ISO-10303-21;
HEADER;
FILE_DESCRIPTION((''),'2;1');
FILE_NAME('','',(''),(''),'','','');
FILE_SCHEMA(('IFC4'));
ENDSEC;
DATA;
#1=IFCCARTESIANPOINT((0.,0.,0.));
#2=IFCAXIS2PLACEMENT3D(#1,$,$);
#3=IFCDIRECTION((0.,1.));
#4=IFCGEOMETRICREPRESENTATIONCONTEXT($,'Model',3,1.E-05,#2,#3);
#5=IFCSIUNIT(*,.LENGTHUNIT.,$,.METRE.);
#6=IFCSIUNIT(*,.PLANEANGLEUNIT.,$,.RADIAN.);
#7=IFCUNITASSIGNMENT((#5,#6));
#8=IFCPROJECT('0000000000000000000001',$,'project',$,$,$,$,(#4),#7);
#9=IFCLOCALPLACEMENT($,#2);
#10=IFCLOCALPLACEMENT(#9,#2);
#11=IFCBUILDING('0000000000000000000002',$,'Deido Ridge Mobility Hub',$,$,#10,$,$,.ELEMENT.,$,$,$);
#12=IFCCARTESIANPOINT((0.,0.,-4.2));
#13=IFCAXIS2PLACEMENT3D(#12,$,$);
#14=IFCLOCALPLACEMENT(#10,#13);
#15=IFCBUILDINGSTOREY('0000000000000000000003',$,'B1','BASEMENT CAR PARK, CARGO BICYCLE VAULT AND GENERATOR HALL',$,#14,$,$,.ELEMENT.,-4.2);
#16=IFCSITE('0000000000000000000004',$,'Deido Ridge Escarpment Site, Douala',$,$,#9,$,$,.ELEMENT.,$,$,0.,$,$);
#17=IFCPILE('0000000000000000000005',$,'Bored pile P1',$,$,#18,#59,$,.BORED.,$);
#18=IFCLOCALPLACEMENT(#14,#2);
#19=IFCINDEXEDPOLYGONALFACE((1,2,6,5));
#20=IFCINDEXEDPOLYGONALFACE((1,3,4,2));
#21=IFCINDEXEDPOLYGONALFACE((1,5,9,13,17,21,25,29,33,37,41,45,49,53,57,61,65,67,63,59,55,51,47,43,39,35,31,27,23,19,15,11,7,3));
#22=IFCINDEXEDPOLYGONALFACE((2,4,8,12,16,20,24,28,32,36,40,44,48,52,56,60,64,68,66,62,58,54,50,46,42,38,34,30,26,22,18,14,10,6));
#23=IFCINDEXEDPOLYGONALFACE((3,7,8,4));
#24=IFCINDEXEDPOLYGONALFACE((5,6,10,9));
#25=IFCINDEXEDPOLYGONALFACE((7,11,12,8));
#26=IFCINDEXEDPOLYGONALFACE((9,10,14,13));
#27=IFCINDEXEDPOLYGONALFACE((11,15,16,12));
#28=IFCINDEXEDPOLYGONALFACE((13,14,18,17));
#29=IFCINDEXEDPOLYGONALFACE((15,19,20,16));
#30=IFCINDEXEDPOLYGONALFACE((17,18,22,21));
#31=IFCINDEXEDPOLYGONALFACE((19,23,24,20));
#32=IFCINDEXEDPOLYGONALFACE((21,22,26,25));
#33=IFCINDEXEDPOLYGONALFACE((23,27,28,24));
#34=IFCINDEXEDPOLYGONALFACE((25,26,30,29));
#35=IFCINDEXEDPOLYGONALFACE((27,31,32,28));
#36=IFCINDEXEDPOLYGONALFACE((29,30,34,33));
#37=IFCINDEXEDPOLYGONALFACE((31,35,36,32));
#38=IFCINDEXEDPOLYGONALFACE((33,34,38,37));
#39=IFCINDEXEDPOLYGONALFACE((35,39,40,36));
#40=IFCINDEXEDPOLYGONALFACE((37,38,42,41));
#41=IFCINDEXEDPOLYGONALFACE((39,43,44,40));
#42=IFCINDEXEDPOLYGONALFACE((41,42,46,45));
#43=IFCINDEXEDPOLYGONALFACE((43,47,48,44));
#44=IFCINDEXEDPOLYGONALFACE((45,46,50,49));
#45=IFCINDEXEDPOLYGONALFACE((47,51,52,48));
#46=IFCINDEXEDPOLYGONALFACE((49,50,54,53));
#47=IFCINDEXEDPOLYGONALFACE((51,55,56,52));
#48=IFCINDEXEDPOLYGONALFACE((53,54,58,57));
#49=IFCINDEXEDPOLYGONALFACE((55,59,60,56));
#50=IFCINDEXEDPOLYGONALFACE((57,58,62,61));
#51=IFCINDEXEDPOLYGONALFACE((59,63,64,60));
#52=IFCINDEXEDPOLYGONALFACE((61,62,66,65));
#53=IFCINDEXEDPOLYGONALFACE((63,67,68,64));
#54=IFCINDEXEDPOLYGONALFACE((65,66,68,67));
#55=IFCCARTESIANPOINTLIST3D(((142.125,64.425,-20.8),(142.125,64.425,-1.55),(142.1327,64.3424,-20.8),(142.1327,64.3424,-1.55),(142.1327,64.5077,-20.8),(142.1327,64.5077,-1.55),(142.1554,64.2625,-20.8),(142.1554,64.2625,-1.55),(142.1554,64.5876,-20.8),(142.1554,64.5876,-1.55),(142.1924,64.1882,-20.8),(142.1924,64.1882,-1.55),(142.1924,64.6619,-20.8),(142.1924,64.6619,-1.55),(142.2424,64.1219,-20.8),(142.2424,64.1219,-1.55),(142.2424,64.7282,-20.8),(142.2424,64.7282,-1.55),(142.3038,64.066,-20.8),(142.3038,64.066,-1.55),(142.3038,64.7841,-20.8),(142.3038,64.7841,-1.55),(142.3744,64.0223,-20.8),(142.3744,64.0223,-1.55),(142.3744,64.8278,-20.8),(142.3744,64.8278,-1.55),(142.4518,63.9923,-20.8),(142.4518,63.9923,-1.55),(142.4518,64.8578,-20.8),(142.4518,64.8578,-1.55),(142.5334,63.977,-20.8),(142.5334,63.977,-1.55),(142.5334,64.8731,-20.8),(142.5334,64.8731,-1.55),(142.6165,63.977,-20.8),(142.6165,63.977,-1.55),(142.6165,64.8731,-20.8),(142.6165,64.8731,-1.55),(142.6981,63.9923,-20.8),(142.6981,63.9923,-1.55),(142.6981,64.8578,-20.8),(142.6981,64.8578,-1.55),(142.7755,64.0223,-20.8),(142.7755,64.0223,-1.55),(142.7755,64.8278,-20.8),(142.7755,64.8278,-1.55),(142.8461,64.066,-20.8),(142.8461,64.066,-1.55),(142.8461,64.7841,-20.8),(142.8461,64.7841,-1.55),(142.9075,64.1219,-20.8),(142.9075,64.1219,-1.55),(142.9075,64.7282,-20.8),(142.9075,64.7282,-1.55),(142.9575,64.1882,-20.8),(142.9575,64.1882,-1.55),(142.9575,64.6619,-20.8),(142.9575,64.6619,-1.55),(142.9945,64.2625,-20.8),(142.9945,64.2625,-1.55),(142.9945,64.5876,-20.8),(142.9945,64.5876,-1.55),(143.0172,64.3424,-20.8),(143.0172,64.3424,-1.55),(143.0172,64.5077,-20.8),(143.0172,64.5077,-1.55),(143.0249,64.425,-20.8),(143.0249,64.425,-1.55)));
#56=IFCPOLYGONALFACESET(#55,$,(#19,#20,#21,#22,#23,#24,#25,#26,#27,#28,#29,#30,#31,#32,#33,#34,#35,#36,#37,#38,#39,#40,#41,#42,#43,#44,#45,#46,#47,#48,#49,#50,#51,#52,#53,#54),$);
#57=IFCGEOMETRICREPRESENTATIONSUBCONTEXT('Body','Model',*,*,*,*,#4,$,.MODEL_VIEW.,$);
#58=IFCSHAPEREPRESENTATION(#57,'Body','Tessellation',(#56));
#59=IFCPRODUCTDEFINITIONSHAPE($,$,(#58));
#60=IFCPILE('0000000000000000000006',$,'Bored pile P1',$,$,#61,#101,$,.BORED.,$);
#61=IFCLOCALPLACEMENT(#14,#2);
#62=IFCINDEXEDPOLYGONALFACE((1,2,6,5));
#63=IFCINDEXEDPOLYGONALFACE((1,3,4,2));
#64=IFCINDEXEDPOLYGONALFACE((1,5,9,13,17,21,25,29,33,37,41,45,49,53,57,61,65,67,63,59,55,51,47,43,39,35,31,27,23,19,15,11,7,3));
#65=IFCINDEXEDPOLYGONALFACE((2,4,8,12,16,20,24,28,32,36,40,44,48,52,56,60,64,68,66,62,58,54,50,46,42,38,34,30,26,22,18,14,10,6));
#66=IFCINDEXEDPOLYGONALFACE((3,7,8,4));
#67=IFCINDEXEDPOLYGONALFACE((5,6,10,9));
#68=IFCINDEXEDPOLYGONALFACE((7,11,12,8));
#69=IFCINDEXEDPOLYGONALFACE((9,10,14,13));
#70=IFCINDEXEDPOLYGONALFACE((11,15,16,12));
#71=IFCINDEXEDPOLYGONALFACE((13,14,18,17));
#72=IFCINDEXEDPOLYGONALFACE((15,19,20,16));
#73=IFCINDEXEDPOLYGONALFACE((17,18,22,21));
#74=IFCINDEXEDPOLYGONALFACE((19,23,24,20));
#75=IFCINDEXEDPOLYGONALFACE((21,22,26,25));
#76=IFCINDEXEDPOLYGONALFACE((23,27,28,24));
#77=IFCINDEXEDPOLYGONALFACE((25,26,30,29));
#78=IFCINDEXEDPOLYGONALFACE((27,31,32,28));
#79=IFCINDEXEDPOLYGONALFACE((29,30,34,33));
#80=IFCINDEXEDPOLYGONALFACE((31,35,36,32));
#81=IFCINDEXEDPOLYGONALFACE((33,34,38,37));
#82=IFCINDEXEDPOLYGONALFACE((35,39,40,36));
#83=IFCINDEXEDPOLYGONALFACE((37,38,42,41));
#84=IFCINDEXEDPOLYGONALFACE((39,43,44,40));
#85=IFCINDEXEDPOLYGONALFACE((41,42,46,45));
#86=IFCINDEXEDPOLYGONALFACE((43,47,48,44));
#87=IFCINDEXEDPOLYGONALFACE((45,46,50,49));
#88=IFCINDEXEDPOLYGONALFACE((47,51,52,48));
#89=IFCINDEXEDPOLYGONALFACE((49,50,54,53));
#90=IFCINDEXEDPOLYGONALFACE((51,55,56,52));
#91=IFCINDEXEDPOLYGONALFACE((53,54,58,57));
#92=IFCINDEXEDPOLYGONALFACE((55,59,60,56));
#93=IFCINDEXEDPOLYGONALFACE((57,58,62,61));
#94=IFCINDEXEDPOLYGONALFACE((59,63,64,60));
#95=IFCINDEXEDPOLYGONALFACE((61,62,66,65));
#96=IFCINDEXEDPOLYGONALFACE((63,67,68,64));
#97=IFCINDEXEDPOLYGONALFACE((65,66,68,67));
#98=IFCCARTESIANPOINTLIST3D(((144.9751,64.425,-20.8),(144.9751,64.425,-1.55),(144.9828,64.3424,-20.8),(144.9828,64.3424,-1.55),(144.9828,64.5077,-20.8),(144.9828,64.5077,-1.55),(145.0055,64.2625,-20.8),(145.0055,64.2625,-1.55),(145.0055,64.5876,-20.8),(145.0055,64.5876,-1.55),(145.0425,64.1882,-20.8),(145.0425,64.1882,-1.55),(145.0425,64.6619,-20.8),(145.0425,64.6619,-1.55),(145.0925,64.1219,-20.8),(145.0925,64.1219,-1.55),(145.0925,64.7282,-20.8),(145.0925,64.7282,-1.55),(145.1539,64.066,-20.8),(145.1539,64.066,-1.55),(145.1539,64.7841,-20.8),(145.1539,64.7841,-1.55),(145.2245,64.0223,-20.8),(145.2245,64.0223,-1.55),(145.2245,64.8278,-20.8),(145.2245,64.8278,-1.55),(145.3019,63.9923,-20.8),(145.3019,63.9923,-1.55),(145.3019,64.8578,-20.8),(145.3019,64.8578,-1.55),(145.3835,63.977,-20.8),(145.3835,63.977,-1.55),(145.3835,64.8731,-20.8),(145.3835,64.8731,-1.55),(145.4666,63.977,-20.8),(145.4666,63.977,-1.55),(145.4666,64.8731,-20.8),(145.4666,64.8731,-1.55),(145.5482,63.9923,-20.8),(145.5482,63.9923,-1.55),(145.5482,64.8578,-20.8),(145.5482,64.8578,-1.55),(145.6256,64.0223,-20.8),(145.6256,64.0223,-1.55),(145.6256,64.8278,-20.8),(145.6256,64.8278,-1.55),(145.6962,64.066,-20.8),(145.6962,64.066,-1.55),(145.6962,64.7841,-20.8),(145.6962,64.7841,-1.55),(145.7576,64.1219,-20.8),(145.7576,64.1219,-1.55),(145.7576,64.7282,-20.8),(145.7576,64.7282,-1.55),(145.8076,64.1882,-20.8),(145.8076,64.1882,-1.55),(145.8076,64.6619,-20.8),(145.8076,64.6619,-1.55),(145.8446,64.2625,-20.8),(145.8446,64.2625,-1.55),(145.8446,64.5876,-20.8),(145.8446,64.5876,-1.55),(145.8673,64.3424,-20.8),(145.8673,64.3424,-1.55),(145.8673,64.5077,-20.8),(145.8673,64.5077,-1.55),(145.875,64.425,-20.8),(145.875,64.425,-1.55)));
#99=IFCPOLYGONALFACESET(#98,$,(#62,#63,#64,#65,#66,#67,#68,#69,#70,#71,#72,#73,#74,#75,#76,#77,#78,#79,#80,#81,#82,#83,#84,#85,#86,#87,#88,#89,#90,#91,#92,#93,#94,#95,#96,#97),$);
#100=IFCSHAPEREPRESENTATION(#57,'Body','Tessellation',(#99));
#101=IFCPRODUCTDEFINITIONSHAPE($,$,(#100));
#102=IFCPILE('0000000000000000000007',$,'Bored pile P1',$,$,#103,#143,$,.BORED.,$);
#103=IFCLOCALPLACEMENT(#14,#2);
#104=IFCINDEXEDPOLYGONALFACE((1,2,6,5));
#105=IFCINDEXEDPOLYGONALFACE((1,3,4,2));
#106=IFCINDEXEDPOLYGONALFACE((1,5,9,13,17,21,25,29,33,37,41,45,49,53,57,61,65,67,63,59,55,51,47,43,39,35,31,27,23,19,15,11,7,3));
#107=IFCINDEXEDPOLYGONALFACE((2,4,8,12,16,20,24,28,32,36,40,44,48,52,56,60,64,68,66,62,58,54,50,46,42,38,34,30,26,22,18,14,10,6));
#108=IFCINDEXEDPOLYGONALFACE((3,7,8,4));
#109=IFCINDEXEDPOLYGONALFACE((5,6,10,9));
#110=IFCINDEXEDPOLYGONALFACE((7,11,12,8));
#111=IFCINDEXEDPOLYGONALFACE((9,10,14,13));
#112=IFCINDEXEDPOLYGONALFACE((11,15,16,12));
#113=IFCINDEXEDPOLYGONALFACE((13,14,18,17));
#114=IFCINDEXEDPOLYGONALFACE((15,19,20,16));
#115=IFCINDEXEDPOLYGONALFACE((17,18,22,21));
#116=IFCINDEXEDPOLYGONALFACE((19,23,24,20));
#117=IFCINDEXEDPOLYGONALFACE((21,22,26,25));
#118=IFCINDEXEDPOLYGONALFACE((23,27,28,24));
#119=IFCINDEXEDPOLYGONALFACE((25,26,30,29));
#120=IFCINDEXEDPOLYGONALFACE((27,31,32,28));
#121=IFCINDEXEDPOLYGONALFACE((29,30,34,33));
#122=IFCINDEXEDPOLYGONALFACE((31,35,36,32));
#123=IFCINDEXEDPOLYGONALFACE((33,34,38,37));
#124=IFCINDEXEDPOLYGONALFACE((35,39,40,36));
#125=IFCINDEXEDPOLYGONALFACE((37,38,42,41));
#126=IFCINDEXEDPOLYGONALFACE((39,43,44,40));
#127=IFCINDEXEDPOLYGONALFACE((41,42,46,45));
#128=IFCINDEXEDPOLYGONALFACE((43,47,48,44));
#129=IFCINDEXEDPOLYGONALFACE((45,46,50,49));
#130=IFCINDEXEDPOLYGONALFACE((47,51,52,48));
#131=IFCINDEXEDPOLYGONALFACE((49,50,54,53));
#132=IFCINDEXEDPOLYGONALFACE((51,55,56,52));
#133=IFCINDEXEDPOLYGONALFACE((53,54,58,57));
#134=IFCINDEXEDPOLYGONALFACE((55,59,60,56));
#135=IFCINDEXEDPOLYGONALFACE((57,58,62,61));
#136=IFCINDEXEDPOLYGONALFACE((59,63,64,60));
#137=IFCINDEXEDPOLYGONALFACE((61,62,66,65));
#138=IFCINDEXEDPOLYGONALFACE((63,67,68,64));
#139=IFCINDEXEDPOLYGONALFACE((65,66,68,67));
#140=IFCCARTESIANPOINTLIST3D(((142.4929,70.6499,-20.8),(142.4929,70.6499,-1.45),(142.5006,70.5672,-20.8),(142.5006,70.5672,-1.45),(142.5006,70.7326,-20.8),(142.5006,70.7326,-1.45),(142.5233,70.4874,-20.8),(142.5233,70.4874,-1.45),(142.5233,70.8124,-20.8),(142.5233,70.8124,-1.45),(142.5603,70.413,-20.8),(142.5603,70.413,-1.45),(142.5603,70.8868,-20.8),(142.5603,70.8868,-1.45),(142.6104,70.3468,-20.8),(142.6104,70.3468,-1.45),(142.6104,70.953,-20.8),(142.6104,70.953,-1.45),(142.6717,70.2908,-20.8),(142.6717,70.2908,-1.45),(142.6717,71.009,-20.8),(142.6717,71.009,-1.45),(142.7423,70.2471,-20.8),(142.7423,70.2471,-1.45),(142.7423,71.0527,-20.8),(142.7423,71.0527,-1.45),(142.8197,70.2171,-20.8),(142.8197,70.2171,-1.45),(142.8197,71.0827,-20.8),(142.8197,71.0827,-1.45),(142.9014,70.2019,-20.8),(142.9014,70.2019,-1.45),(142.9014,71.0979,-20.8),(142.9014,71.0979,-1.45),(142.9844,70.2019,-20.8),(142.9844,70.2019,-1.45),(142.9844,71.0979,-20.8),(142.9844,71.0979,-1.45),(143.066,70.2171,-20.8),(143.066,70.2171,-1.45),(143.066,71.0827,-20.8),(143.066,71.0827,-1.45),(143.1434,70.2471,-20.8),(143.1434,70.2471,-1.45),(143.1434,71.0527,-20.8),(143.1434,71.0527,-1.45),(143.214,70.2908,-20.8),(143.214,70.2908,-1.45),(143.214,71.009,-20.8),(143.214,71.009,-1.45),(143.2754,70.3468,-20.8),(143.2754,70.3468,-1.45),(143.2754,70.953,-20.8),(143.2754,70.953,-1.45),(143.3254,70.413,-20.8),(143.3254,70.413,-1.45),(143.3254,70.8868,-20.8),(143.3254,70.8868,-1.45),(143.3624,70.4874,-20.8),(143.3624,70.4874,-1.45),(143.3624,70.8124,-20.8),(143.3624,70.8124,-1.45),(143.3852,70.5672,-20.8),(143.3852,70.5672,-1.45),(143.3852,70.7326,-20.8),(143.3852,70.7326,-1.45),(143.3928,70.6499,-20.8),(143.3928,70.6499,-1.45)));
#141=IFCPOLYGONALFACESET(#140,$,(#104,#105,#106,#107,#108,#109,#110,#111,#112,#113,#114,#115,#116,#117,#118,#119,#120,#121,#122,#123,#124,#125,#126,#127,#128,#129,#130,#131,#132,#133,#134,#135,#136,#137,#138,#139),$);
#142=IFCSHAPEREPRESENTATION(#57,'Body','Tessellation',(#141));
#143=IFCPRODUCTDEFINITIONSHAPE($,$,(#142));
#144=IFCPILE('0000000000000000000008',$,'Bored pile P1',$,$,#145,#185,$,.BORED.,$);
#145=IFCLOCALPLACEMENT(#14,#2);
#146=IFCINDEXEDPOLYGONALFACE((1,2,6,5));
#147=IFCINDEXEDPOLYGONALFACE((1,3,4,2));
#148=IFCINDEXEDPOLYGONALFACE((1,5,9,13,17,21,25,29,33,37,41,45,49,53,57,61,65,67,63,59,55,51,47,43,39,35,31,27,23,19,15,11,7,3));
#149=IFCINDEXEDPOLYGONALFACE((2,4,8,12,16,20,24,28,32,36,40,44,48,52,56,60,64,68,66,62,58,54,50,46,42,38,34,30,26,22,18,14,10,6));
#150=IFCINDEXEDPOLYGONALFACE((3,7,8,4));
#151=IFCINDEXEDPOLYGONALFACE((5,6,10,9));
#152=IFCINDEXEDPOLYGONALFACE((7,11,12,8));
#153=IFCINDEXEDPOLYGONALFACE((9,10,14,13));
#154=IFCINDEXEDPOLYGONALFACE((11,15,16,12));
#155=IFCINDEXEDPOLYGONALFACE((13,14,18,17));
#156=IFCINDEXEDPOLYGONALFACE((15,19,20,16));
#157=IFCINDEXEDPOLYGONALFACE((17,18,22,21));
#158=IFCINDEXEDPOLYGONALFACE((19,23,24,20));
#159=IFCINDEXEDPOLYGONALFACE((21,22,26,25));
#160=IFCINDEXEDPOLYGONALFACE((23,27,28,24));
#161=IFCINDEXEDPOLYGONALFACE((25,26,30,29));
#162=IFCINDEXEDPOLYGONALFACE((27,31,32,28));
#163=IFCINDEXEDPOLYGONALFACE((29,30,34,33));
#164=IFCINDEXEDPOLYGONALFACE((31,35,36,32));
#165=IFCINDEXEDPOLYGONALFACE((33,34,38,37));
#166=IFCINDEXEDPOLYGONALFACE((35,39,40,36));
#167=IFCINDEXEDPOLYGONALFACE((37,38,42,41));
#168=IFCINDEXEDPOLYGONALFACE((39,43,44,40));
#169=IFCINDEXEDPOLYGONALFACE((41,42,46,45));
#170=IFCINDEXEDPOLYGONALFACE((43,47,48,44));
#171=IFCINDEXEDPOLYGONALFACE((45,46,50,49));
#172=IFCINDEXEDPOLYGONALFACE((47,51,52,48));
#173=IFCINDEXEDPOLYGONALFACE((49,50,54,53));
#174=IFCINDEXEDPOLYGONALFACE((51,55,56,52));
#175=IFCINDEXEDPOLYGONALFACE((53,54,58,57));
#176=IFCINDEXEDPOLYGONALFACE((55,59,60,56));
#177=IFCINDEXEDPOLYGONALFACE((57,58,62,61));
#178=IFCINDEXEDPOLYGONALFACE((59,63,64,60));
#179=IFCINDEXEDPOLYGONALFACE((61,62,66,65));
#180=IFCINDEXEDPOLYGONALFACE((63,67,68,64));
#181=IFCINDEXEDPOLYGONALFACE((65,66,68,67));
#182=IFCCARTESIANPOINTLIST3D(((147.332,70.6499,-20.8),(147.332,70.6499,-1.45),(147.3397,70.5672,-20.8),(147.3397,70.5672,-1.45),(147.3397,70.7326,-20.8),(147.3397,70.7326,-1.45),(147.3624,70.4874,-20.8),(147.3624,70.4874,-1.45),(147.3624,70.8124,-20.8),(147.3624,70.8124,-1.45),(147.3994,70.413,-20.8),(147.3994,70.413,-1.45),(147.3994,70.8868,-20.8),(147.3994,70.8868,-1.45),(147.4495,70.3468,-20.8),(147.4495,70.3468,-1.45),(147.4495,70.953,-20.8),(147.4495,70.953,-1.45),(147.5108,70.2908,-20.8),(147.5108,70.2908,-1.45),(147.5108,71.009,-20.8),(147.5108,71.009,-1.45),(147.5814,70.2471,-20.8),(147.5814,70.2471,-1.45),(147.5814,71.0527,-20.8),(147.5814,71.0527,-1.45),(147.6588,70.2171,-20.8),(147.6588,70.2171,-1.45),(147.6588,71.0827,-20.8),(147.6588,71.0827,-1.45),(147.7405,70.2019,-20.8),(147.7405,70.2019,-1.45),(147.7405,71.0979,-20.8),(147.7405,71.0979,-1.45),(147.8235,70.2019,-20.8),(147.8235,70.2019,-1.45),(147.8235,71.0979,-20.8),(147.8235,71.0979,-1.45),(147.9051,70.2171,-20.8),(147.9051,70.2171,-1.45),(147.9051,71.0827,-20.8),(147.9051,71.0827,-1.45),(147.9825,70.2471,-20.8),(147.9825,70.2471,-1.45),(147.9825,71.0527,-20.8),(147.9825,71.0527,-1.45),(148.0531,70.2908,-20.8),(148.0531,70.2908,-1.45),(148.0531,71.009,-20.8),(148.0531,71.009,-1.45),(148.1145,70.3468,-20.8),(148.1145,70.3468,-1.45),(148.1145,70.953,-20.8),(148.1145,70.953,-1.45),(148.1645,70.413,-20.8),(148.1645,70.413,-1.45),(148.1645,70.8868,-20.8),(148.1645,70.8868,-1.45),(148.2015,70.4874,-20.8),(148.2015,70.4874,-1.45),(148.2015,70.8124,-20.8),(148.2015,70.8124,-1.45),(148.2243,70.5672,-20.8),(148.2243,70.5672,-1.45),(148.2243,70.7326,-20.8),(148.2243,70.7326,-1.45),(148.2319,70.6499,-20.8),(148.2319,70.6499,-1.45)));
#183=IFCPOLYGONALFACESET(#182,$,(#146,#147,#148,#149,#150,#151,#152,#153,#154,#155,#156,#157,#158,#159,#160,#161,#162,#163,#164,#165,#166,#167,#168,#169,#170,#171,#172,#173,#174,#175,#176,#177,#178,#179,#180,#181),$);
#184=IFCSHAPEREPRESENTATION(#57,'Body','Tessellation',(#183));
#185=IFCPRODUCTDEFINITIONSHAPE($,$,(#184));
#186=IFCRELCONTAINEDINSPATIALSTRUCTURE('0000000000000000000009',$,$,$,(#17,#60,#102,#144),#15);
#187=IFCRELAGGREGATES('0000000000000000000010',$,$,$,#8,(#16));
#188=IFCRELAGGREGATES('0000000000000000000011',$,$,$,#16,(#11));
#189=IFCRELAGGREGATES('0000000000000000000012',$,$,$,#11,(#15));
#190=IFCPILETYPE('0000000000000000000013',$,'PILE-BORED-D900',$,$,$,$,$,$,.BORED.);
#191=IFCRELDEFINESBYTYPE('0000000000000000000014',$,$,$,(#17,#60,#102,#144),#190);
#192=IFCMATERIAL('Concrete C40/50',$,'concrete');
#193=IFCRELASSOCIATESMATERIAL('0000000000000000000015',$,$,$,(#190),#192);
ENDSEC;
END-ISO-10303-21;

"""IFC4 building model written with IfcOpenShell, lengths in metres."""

from ifc_helpers import new_model, si_unit, direction, frame, origin, origin_2d, place, context, subcontext, project, spatial, circle, extrude, material, material_profile, profile_set, type_object, element, save


model = new_model("IFC4")

# Units and contexts
model_context = context("Model", 3, precision=1e-05, world=origin(), true_north=direction((0.0, 1.0)))
body_context = subcontext(model_context, "Body", "Model", "MODEL_VIEW")
ifc_project = project(units=[si_unit("LENGTHUNIT", "METRE"), si_unit("PLANEANGLEUNIT", "RADIAN")], contexts=[model_context])

# Site, building, storey
site_placement = place(None, origin())
site = spatial("IfcSite", under=ifc_project, at=site_placement, Name="Deido Ridge Escarpment Site, Douala", CompositionType="ELEMENT", RefElevation=0.0)
building_placement = place(site_placement, origin())
building = spatial("IfcBuilding", under=site, at=building_placement, Name="Deido Ridge Mobility Hub", CompositionType="ELEMENT")
storey_placement = place(building_placement, frame((0.0, 0.0, -4.2)))
storey = spatial("IfcBuildingStorey", under=building, at=storey_placement, Name="B1", Description="BASEMENT CAR PARK, CARGO BICYCLE VAULT AND GENERATOR HALL", CompositionType="ELEMENT", Elevation=-4.2)

# Shared definitions
ifc_material_1 = material(Name="Concrete C40/50", Category="concrete")

# Piles
ifc_material_profile_1 = material_profile(ifc_material_1, circle(Radius=0.45, at=origin_2d()), Name="BORED PILE D900")
ifc_profile_set_1 = profile_set([ifc_material_profile_1], Name="Concrete C40/50")
pile_type_1 = type_object("IfcPileType", Name="PILE-BORED-D900", PredefinedType="BORED", material=ifc_profile_set_1)
for number, where, z_axis, x_axis, name in (
    (1, (142.575, 64.425, -1.55), (0.0, 0.0, -1.0), (1.0, 0.0, 0.0), "Bored pile P1"),
    (2, (145.425, 64.425, -1.55), (0.0, 0.0, -1.0), (1.0, 0.0, 0.0), "Bored pile P1"),
):
    element("IfcPile", number, at=place(storey_placement, frame(where, z_axis=z_axis, x_axis=x_axis)), inside=storey, type_object=pile_type_1, Name=name, PredefinedType="BORED", context=body_context, shape_type="SweptSolid", body=[
        extrude(circle(Radius=0.45, at=origin_2d()), origin(), (0.0, 0.0, 1.0), 19.25),
    ])
for number, where, z_axis, x_axis, name in (
    (3, (142.9429, 70.6499, -1.45), (0.0, 0.0, -1.0), (1.0, 0.0, 0.0), "Bored pile P1"),
    (4, (147.782, 70.6499, -1.45), (0.0, 0.0, -1.0), (1.0, 0.0, 0.0), "Bored pile P1"),
):
    element("IfcPile", number, at=place(storey_placement, frame(where, z_axis=z_axis, x_axis=x_axis)), inside=storey, type_object=pile_type_1, Name=name, PredefinedType="BORED", context=body_context, shape_type="SweptSolid", body=[
        extrude(circle(Radius=0.45, at=origin_2d()), origin(), (0.0, 0.0, 1.0), 19.3501),
    ])

save(model, "model.ifc")
